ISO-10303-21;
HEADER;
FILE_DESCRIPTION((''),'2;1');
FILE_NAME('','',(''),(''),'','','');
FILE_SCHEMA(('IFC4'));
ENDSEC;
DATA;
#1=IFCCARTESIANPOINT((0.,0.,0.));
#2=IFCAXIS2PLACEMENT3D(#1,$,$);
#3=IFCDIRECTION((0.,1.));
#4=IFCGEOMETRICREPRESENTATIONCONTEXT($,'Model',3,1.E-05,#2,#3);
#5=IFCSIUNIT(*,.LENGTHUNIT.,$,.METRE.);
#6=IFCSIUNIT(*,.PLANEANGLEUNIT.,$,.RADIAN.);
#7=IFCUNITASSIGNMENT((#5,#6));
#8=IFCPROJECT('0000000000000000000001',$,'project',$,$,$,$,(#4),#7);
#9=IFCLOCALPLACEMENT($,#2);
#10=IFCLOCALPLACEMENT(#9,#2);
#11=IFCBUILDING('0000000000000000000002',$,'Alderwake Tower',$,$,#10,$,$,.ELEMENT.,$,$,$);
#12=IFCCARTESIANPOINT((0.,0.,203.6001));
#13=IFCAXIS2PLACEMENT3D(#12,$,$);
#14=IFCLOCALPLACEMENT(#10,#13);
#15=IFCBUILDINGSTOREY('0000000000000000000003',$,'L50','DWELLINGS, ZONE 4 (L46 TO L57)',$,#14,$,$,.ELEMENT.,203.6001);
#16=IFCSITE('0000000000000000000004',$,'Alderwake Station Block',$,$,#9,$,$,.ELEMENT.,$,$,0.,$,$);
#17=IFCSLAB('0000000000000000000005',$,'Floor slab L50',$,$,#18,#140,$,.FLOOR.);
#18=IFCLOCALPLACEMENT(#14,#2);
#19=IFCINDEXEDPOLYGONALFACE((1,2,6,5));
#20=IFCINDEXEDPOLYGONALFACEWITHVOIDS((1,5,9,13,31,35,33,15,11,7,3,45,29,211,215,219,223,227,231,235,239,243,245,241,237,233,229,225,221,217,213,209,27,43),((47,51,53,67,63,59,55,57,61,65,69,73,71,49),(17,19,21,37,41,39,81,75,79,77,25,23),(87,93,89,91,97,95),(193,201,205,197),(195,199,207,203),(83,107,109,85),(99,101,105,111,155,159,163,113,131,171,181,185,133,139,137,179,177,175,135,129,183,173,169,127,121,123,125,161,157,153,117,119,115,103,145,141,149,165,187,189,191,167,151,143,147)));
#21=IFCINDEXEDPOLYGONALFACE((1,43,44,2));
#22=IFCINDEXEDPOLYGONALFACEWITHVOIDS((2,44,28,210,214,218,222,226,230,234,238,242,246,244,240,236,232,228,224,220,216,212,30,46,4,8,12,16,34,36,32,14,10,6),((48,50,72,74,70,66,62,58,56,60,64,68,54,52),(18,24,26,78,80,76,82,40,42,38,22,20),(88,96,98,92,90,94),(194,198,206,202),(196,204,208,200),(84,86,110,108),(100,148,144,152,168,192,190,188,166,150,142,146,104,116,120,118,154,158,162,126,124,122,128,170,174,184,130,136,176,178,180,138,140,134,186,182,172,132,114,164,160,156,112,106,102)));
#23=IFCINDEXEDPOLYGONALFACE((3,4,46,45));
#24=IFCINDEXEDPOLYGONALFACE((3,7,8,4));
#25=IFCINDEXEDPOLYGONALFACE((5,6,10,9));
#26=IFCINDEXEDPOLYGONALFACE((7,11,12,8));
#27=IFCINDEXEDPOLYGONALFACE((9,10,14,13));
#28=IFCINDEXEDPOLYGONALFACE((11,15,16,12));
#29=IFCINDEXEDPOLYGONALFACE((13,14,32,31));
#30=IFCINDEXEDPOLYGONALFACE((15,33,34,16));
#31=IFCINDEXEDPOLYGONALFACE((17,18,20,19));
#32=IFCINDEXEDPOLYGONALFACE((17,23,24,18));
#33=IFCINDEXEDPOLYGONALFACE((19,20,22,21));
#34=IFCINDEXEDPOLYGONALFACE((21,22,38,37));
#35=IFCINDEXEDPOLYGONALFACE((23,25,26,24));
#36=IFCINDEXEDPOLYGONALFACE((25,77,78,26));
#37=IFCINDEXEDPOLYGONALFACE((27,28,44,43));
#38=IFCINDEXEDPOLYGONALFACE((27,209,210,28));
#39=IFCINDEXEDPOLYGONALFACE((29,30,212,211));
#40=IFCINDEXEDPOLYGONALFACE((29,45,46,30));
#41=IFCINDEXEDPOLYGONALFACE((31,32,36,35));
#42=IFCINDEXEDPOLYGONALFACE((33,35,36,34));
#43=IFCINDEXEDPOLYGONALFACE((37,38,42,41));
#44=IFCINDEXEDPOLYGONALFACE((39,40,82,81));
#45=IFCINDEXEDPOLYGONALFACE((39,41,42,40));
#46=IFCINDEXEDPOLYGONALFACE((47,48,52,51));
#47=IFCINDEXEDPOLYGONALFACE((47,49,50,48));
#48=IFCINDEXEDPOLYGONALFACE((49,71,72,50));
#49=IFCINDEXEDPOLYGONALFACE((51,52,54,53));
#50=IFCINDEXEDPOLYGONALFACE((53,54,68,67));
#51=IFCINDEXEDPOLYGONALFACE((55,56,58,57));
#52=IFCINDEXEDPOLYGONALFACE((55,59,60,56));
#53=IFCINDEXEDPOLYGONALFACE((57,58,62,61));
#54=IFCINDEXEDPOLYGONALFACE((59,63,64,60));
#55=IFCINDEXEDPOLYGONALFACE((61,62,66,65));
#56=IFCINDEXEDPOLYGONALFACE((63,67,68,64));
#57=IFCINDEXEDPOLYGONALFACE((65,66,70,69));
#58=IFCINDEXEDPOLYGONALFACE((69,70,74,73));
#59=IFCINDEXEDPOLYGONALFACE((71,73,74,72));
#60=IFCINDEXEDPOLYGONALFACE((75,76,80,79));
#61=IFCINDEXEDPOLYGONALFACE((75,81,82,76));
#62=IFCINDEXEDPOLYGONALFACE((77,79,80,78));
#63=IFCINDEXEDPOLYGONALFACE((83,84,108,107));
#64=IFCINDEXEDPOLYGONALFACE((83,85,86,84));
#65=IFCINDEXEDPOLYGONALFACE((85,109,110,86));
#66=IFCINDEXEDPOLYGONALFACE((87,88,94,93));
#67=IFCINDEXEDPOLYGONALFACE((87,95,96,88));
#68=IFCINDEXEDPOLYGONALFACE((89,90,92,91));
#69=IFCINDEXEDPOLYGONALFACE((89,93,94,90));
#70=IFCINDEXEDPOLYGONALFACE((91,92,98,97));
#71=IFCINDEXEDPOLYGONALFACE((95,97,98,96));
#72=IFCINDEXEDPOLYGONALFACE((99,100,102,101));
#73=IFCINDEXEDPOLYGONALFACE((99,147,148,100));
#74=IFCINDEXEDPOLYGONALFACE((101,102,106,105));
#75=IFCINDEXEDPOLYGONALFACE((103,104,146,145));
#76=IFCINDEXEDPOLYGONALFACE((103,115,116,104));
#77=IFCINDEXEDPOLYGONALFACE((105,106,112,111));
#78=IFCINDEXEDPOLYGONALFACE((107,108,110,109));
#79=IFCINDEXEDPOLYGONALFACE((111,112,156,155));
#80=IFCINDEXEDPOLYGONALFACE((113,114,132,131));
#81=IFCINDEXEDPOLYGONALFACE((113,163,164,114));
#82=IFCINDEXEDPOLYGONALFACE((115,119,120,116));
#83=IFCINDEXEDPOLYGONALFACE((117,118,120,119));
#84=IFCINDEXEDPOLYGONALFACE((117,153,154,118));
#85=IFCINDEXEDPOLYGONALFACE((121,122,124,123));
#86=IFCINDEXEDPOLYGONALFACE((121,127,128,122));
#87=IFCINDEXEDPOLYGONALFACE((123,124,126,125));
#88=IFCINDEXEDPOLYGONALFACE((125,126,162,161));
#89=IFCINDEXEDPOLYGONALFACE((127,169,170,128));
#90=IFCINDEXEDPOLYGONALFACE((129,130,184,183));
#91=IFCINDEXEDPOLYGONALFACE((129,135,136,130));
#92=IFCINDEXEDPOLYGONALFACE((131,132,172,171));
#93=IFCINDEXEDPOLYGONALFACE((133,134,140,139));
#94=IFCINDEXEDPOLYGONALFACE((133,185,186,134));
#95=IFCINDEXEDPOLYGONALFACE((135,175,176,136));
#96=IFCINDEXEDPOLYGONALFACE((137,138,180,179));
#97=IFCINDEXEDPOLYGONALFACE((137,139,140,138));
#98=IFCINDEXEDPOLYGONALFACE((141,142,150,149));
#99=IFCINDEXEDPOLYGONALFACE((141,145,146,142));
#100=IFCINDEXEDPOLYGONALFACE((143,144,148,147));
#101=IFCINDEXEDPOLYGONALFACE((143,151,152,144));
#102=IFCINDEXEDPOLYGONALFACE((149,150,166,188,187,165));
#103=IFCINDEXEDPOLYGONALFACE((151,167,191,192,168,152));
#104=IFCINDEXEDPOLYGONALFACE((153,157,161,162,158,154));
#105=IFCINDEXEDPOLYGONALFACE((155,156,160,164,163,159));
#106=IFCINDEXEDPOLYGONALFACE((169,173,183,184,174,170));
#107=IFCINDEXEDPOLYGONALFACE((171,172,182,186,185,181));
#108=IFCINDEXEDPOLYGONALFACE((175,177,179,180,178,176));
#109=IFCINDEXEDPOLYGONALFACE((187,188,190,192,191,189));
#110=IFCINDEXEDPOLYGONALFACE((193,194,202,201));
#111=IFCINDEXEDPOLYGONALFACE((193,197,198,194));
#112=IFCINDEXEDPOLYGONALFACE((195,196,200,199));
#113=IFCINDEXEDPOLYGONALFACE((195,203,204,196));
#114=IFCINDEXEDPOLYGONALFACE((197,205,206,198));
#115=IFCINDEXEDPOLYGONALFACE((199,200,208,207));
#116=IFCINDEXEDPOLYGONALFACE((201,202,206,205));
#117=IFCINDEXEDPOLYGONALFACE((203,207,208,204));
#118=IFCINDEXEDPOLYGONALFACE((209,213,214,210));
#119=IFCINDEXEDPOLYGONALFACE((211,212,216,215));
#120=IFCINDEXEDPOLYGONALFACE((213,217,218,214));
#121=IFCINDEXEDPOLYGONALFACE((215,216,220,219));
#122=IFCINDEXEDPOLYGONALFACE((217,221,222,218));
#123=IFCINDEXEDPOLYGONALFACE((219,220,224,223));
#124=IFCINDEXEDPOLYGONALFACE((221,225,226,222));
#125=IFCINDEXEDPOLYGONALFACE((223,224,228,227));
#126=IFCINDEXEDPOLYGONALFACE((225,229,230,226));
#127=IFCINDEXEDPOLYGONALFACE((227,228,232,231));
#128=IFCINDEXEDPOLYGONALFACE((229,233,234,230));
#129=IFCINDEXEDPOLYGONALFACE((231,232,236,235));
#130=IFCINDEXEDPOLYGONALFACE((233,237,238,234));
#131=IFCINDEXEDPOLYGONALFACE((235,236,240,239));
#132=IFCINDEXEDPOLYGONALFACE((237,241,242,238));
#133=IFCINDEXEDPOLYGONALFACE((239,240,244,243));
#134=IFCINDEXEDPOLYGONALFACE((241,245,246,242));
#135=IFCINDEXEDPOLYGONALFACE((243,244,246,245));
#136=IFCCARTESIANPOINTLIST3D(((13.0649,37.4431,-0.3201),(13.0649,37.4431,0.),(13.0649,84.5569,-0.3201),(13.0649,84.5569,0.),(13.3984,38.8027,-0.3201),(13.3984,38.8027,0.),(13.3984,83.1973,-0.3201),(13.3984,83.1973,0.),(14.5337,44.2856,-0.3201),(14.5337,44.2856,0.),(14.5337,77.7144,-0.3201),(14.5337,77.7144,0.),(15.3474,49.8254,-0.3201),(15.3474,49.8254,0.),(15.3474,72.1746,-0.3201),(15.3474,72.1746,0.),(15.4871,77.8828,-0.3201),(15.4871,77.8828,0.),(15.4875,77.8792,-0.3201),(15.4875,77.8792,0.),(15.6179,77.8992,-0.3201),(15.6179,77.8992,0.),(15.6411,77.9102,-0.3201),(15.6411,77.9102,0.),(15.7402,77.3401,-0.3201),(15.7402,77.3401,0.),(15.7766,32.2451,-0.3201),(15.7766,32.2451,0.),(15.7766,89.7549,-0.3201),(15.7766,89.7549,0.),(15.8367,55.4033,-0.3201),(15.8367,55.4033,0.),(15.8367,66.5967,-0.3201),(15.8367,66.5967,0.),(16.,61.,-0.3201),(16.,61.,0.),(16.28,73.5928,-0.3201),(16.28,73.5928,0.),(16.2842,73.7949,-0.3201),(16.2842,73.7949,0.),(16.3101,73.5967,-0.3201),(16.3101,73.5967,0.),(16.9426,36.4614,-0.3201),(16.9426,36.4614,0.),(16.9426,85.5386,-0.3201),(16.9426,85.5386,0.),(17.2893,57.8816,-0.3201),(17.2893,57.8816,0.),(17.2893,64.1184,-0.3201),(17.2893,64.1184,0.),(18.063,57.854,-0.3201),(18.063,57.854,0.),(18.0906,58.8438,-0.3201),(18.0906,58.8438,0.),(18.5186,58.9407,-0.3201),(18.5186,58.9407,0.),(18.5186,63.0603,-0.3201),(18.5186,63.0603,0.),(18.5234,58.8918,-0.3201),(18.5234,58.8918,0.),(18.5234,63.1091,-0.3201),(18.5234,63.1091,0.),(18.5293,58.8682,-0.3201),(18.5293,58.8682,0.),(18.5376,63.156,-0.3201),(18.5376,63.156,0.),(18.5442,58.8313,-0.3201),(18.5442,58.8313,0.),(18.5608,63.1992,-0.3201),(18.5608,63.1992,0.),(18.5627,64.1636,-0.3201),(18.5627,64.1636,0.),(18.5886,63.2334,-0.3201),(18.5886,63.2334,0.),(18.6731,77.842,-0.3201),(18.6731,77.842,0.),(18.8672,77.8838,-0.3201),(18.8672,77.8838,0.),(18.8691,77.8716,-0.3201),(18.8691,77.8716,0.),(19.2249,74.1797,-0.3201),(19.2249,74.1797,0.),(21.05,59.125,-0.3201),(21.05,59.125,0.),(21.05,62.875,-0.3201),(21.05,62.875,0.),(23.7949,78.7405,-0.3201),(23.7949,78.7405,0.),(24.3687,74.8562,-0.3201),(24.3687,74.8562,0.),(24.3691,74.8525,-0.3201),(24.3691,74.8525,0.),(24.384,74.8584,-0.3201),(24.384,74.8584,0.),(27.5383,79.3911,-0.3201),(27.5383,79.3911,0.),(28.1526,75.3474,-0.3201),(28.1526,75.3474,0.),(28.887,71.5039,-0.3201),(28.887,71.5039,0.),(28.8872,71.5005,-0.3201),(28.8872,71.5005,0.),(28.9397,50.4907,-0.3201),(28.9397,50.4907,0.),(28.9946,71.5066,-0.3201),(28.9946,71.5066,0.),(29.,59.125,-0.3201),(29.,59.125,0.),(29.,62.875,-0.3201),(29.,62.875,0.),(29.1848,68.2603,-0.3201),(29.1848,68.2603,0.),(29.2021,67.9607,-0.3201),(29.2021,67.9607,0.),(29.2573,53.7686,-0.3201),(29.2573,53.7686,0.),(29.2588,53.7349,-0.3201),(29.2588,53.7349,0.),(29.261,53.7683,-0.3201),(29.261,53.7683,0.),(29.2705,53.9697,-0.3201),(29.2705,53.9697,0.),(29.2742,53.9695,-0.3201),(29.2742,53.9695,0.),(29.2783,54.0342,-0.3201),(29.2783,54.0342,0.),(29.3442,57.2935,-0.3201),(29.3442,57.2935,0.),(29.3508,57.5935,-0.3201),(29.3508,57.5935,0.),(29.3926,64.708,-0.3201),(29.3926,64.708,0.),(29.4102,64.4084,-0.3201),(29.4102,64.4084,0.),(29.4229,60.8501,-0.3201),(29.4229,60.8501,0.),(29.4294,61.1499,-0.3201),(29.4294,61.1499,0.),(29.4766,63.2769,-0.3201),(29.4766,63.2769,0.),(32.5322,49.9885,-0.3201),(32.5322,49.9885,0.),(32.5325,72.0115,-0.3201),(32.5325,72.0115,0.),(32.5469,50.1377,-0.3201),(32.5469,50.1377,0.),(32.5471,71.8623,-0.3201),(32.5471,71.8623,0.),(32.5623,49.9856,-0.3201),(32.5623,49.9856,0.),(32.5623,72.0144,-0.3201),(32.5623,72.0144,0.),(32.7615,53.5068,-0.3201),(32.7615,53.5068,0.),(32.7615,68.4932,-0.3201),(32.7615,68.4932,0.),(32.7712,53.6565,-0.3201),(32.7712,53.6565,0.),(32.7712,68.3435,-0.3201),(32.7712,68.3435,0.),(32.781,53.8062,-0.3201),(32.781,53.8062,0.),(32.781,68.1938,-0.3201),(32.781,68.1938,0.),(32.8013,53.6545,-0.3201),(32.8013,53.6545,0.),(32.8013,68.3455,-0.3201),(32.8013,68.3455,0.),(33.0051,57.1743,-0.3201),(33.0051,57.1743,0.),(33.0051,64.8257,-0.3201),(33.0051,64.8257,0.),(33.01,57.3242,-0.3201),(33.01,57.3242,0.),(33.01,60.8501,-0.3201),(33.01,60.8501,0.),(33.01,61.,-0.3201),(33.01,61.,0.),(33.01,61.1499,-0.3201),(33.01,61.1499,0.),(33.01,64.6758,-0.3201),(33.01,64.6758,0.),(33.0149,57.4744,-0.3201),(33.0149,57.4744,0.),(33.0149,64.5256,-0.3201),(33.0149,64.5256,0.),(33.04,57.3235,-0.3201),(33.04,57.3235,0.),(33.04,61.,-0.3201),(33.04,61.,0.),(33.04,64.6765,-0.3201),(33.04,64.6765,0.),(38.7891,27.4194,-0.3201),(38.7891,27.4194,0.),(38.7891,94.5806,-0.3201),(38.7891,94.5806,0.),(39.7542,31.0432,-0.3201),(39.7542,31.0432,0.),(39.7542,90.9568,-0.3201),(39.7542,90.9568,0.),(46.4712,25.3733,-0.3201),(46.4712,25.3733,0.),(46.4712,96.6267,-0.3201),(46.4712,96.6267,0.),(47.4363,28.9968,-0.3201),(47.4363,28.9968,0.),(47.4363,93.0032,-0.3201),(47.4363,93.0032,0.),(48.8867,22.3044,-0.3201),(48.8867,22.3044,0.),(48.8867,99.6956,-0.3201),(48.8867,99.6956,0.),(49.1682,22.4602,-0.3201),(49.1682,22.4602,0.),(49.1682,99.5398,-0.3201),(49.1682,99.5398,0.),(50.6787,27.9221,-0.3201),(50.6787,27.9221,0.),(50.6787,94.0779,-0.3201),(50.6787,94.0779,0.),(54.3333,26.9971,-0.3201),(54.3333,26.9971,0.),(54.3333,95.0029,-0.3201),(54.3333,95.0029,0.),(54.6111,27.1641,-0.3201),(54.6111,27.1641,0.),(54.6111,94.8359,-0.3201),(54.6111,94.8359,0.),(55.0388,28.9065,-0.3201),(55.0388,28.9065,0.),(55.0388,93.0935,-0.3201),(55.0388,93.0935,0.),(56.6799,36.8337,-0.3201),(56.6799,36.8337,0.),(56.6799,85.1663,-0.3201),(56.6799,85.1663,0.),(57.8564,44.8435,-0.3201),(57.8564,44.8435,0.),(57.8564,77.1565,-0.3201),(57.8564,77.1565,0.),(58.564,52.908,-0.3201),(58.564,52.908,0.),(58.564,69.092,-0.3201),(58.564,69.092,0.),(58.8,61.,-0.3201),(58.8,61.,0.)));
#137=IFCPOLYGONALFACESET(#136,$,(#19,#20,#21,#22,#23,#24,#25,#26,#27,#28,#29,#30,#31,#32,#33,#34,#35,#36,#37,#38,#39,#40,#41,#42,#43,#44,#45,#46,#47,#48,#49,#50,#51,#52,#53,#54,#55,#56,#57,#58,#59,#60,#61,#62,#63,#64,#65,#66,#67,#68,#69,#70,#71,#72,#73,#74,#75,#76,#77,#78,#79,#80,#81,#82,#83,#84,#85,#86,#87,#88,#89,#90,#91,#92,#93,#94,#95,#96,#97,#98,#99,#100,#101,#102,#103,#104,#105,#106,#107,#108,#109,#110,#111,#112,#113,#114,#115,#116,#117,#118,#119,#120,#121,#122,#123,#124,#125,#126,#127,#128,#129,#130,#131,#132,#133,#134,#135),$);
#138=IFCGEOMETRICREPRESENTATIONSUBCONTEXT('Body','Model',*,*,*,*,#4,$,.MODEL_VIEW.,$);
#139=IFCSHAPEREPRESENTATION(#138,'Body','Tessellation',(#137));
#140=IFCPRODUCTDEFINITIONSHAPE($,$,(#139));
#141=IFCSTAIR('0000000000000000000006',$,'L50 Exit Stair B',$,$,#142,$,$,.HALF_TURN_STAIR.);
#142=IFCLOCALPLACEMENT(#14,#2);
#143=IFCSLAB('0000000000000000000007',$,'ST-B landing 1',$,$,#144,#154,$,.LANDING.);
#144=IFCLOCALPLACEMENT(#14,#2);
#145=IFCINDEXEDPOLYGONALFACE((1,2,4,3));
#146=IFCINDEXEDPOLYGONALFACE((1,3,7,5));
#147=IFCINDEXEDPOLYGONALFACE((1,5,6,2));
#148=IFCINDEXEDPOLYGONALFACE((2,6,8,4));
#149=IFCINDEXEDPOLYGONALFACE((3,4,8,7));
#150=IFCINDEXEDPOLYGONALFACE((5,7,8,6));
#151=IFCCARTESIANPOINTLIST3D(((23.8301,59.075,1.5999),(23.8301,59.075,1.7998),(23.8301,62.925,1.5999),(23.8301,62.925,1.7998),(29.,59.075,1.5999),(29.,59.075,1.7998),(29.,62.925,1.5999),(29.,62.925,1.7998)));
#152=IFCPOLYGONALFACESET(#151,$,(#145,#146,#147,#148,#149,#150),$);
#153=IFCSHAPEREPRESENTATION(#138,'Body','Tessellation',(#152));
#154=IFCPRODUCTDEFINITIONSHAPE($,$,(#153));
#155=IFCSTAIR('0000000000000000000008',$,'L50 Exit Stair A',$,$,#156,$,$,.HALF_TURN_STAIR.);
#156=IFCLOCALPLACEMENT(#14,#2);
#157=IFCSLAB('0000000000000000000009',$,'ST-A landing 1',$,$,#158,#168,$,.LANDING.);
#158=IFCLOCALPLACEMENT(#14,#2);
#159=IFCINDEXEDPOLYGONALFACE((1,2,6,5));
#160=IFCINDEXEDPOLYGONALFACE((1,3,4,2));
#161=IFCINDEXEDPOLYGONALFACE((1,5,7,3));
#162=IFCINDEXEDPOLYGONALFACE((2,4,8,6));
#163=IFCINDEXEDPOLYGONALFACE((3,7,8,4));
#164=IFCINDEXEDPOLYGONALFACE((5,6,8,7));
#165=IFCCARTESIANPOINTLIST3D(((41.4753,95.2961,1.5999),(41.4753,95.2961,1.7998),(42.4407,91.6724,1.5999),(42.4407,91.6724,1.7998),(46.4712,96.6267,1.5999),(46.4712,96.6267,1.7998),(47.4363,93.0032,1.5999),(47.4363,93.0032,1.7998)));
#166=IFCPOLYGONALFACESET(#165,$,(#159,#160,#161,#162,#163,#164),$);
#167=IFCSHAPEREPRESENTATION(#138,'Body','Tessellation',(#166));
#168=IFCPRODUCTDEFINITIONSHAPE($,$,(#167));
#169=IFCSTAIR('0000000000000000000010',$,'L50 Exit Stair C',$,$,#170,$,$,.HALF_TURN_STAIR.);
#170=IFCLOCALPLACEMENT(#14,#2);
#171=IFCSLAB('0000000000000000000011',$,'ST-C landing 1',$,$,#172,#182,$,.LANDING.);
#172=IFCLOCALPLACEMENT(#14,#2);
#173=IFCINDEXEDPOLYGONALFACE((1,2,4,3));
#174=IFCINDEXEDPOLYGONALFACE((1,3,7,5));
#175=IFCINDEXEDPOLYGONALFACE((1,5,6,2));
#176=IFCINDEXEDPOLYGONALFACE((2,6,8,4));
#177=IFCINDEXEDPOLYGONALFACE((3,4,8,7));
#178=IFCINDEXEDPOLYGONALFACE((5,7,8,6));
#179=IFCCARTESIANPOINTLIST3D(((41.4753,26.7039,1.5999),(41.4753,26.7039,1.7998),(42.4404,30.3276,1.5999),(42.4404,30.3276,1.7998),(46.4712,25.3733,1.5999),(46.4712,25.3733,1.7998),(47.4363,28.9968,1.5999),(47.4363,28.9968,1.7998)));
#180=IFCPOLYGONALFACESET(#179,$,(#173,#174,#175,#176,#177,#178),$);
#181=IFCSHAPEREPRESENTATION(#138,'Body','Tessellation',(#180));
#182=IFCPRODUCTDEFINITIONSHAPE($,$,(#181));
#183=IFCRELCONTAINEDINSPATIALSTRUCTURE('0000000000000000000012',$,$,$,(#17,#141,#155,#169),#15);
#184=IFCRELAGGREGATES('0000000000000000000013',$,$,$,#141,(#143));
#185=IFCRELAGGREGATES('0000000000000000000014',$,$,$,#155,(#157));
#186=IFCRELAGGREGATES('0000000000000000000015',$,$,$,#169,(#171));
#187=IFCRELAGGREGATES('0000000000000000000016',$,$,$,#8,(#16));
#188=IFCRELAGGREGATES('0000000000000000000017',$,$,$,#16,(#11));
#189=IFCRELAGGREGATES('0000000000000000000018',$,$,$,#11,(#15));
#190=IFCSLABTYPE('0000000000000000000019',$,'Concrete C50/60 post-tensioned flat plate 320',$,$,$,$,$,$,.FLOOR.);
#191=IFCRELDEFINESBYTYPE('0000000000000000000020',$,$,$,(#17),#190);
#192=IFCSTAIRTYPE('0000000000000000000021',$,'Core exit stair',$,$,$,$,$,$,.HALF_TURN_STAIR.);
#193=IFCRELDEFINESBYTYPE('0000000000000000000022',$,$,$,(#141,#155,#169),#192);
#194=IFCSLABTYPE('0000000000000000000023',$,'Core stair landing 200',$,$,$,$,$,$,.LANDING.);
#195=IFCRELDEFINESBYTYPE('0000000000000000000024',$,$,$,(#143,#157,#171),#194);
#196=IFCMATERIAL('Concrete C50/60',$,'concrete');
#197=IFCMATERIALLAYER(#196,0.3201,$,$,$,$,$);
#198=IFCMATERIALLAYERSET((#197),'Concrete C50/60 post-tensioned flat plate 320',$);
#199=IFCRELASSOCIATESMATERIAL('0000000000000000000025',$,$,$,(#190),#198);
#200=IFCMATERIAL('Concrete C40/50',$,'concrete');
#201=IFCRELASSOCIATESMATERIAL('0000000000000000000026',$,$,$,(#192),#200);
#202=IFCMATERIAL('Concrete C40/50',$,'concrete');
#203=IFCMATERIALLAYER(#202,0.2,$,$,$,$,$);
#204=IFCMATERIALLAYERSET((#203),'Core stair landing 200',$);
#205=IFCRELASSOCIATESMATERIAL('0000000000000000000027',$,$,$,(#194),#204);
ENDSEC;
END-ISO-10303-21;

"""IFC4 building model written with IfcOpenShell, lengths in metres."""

from ifc_helpers import new_model, si_unit, direction, frame, origin, place, context, subcontext, project, spatial, polyline, outline, extrude, material, layer, layer_set, type_object, element, aggregate, save


model = new_model("IFC4")

# Units and contexts
model_context = context("Model", 3, precision=1e-05, world=origin(), true_north=direction((0.0, 1.0)))
body_context = subcontext(model_context, "Body", "Model", "MODEL_VIEW")
ifc_project = project(units=[si_unit("LENGTHUNIT", "METRE"), si_unit("PLANEANGLEUNIT", "RADIAN")], contexts=[model_context])

# Site, building, storey
site_placement = place(None, origin())
site = spatial("IfcSite", under=ifc_project, at=site_placement, Name="Alderwake Station Block", CompositionType="ELEMENT", RefElevation=0.0)
building_placement = place(site_placement, origin())
building = spatial("IfcBuilding", under=site, at=building_placement, Name="Alderwake Tower", CompositionType="ELEMENT")
storey_placement = place(building_placement, frame((0.0, 0.0, 203.6001)))
storey = spatial("IfcBuildingStorey", under=building, at=storey_placement, Name="L50", Description="DWELLINGS, ZONE 4 (L46 TO L57)", CompositionType="ELEMENT", Elevation=203.6001)

# Slab
ifc_material_1 = material(Name="Concrete C50/60", Category="concrete")
ifc_layer_1 = layer(ifc_material_1, 0.3201)
ifc_layer_set_1 = layer_set([ifc_layer_1], Name="Concrete C50/60 post-tensioned flat plate 320")
slab_type_1 = type_object("IfcSlabType", Name="Concrete C50/60 post-tensioned flat plate 320", PredefinedType="FLOOR", material=ifc_layer_set_1)
slab_1_placement = place(storey_placement, frame((0.0, 0.0, -0.3201)))
element("IfcSlab", 1, at=slab_1_placement, inside=storey, type_object=slab_type_1, Name="Floor slab L50", PredefinedType="FLOOR", context=body_context, shape_type="SweptSolid", body=[
    extrude(outline(polyline([(13.0649, 37.4431), (13.3984, 38.8027), (14.5337, 44.2856), (15.3474, 49.8254), (15.8367, 55.4033), (16.0, 61.0), (15.8367, 66.5967), (15.3474, 72.1746), (14.5337, 77.7144), (13.3984, 83.1973), (13.0649, 84.5569), (16.9426, 85.5386), (15.7766, 89.7549), (48.8867, 99.6956), (49.1682, 99.5398), (50.6787, 94.0779), (54.3333, 95.0029), (54.6111, 94.8359), (55.0388, 93.0935), (56.6799, 85.1663), (57.8564, 77.1565), (58.564, 69.092), (58.8, 61.0), (58.564, 52.908), (57.8564, 44.8435), (56.6799, 36.8337), (55.0388, 28.9065), (54.6111, 27.1641), (54.3333, 26.9971), (50.6787, 27.9221), (49.1682, 22.4602), (48.8867, 22.3044), (15.7766, 32.2451), (16.9426, 36.4614), (13.0649, 37.4431)]), holes=[polyline([(29.2573, 53.7686), (28.9397, 50.4907), (32.5469, 50.1377), (32.5322, 49.9885), (32.5623, 49.9856), (32.8013, 53.6545), (33.04, 57.3235), (33.04, 61.0), (33.04, 64.6765), (32.8013, 68.3455), (32.5623, 72.0144), (32.5325, 72.0115), (32.5471, 71.8623), (28.887, 71.5039), (28.8872, 71.5005), (28.9946, 71.5066), (29.1848, 68.2603), (32.7615, 68.4932), (32.7712, 68.3435), (32.781, 68.1938), (29.2021, 67.9607), (29.3926, 64.708), (33.0051, 64.8257), (33.01, 64.6758), (33.0149, 64.5256), (29.4102, 64.4084), (29.4766, 63.2769), (29.4294, 61.1499), (33.01, 61.1499), (33.01, 61.0), (33.01, 60.8501), (29.4229, 60.8501), (29.3508, 57.5935), (33.0149, 57.4744), (33.01, 57.3242), (33.0051, 57.1743), (29.3442, 57.2935), (29.2705, 53.9697), (29.2742, 53.9695), (29.2783, 54.0342), (32.781, 53.8062), (32.7712, 53.6565), (32.7615, 53.5068), (29.2588, 53.7349), (29.261, 53.7683), (29.2573, 53.7686)]), polyline([(21.05, 62.875), (21.05, 59.125), (29.0, 59.125), (29.0, 62.875), (21.05, 62.875)]), polyline([(15.6411, 77.9102), (15.4871, 77.8828), (15.4875, 77.8792), (15.6179, 77.8992), (16.28, 73.5928), (16.3101, 73.5967), (16.2842, 73.7949), (19.2249, 74.1797), (18.6731, 77.842), (18.8691, 77.8716), (18.8672, 77.8838), (15.7402, 77.3401), (15.6411, 77.9102)]), polyline([(27.5383, 79.3911), (23.7949, 78.7405), (24.384, 74.8584), (24.3687, 74.8562), (24.3691, 74.8525), (28.1526, 75.3474), (27.5383, 79.3911)]), polyline([(47.4363, 28.9968), (39.7542, 31.0432), (38.7891, 27.4194), (46.4712, 25.3733), (47.4363, 28.9968)]), polyline([(46.4712, 96.6267), (38.7891, 94.5806), (39.7542, 90.9568), (47.4363, 93.0032), (46.4712, 96.6267)]), polyline([(17.2893, 64.1184), (17.2893, 57.8816), (18.063, 57.854), (18.0906, 58.8438), (18.5442, 58.8313), (18.5293, 58.8682), (18.5234, 58.8918), (18.5186, 58.9407), (18.5186, 63.0603), (18.5234, 63.1091), (18.5376, 63.156), (18.5608, 63.1992), (18.5886, 63.2334), (18.5627, 64.1636), (17.2893, 64.1184)])]), origin(), (0.0, 0.0, 1.0), 0.3201),
])

# Stairs, slabs
ifc_material_2 = material(Name="Concrete C40/50", Category="concrete")
stair_type = type_object("IfcStairType", Name="Core exit stair", PredefinedType="HALF_TURN_STAIR", material=ifc_material_2)
stair_1_placement = place(storey_placement, origin())
stair_1 = element("IfcStair", 2, at=stair_1_placement, inside=storey, type_object=stair_type, Name="L50 Exit Stair B", PredefinedType="HALF_TURN_STAIR")
ifc_material_3 = material(Name="Concrete C40/50", Category="concrete")
ifc_layer_2 = layer(ifc_material_3, 0.2)
ifc_layer_set_2 = layer_set([ifc_layer_2], Name="Core stair landing 200")
slab_type_2 = type_object("IfcSlabType", Name="Core stair landing 200", PredefinedType="LANDING", material=ifc_layer_set_2)
slab_2_placement = place(storey_placement, frame((0.0, 0.0, 1.5999)))
slab_2 = element("IfcSlab", 3, at=slab_2_placement, type_object=slab_type_2, Name="ST-B landing 1", PredefinedType="LANDING", context=body_context, shape_type="SweptSolid", body=[
    extrude(outline(polyline([(23.8301, 59.075), (29.0, 59.075), (29.0, 62.925), (23.8301, 62.925), (23.8301, 59.075)])), origin(), (0.0, 0.0, 1.0), 0.2),
])
aggregate(stair_1, [slab_2])
stair_2_placement = place(storey_placement, origin())
stair_2 = element("IfcStair", 4, at=stair_2_placement, inside=storey, type_object=stair_type, Name="L50 Exit Stair A", PredefinedType="HALF_TURN_STAIR")
slab_3_placement = place(storey_placement, frame((0.0, 0.0, 1.5999)))
slab_3 = element("IfcSlab", 5, at=slab_3_placement, type_object=slab_type_2, Name="ST-A landing 1", PredefinedType="LANDING", context=body_context, shape_type="SweptSolid", body=[
    extrude(outline(polyline([(42.4407, 91.6724), (47.4363, 93.0032), (46.4712, 96.6267), (41.4753, 95.2961), (42.4407, 91.6724)])), origin(), (0.0, 0.0, 1.0), 0.2),
])
aggregate(stair_2, [slab_3])
stair_3_placement = place(storey_placement, origin())
stair_3 = element("IfcStair", 6, at=stair_3_placement, inside=storey, type_object=stair_type, Name="L50 Exit Stair C", PredefinedType="HALF_TURN_STAIR")
slab_4_placement = place(storey_placement, frame((0.0, 0.0, 1.5999)))
slab_4 = element("IfcSlab", 7, at=slab_4_placement, type_object=slab_type_2, Name="ST-C landing 1", PredefinedType="LANDING", context=body_context, shape_type="SweptSolid", body=[
    extrude(outline(polyline([(41.4753, 26.7039), (46.4712, 25.3733), (47.4363, 28.9968), (42.4404, 30.3276), (41.4753, 26.7039)])), origin(), (0.0, 0.0, 1.0), 0.2),
])
aggregate(stair_3, [slab_4])

save(model, "model.ifc")
